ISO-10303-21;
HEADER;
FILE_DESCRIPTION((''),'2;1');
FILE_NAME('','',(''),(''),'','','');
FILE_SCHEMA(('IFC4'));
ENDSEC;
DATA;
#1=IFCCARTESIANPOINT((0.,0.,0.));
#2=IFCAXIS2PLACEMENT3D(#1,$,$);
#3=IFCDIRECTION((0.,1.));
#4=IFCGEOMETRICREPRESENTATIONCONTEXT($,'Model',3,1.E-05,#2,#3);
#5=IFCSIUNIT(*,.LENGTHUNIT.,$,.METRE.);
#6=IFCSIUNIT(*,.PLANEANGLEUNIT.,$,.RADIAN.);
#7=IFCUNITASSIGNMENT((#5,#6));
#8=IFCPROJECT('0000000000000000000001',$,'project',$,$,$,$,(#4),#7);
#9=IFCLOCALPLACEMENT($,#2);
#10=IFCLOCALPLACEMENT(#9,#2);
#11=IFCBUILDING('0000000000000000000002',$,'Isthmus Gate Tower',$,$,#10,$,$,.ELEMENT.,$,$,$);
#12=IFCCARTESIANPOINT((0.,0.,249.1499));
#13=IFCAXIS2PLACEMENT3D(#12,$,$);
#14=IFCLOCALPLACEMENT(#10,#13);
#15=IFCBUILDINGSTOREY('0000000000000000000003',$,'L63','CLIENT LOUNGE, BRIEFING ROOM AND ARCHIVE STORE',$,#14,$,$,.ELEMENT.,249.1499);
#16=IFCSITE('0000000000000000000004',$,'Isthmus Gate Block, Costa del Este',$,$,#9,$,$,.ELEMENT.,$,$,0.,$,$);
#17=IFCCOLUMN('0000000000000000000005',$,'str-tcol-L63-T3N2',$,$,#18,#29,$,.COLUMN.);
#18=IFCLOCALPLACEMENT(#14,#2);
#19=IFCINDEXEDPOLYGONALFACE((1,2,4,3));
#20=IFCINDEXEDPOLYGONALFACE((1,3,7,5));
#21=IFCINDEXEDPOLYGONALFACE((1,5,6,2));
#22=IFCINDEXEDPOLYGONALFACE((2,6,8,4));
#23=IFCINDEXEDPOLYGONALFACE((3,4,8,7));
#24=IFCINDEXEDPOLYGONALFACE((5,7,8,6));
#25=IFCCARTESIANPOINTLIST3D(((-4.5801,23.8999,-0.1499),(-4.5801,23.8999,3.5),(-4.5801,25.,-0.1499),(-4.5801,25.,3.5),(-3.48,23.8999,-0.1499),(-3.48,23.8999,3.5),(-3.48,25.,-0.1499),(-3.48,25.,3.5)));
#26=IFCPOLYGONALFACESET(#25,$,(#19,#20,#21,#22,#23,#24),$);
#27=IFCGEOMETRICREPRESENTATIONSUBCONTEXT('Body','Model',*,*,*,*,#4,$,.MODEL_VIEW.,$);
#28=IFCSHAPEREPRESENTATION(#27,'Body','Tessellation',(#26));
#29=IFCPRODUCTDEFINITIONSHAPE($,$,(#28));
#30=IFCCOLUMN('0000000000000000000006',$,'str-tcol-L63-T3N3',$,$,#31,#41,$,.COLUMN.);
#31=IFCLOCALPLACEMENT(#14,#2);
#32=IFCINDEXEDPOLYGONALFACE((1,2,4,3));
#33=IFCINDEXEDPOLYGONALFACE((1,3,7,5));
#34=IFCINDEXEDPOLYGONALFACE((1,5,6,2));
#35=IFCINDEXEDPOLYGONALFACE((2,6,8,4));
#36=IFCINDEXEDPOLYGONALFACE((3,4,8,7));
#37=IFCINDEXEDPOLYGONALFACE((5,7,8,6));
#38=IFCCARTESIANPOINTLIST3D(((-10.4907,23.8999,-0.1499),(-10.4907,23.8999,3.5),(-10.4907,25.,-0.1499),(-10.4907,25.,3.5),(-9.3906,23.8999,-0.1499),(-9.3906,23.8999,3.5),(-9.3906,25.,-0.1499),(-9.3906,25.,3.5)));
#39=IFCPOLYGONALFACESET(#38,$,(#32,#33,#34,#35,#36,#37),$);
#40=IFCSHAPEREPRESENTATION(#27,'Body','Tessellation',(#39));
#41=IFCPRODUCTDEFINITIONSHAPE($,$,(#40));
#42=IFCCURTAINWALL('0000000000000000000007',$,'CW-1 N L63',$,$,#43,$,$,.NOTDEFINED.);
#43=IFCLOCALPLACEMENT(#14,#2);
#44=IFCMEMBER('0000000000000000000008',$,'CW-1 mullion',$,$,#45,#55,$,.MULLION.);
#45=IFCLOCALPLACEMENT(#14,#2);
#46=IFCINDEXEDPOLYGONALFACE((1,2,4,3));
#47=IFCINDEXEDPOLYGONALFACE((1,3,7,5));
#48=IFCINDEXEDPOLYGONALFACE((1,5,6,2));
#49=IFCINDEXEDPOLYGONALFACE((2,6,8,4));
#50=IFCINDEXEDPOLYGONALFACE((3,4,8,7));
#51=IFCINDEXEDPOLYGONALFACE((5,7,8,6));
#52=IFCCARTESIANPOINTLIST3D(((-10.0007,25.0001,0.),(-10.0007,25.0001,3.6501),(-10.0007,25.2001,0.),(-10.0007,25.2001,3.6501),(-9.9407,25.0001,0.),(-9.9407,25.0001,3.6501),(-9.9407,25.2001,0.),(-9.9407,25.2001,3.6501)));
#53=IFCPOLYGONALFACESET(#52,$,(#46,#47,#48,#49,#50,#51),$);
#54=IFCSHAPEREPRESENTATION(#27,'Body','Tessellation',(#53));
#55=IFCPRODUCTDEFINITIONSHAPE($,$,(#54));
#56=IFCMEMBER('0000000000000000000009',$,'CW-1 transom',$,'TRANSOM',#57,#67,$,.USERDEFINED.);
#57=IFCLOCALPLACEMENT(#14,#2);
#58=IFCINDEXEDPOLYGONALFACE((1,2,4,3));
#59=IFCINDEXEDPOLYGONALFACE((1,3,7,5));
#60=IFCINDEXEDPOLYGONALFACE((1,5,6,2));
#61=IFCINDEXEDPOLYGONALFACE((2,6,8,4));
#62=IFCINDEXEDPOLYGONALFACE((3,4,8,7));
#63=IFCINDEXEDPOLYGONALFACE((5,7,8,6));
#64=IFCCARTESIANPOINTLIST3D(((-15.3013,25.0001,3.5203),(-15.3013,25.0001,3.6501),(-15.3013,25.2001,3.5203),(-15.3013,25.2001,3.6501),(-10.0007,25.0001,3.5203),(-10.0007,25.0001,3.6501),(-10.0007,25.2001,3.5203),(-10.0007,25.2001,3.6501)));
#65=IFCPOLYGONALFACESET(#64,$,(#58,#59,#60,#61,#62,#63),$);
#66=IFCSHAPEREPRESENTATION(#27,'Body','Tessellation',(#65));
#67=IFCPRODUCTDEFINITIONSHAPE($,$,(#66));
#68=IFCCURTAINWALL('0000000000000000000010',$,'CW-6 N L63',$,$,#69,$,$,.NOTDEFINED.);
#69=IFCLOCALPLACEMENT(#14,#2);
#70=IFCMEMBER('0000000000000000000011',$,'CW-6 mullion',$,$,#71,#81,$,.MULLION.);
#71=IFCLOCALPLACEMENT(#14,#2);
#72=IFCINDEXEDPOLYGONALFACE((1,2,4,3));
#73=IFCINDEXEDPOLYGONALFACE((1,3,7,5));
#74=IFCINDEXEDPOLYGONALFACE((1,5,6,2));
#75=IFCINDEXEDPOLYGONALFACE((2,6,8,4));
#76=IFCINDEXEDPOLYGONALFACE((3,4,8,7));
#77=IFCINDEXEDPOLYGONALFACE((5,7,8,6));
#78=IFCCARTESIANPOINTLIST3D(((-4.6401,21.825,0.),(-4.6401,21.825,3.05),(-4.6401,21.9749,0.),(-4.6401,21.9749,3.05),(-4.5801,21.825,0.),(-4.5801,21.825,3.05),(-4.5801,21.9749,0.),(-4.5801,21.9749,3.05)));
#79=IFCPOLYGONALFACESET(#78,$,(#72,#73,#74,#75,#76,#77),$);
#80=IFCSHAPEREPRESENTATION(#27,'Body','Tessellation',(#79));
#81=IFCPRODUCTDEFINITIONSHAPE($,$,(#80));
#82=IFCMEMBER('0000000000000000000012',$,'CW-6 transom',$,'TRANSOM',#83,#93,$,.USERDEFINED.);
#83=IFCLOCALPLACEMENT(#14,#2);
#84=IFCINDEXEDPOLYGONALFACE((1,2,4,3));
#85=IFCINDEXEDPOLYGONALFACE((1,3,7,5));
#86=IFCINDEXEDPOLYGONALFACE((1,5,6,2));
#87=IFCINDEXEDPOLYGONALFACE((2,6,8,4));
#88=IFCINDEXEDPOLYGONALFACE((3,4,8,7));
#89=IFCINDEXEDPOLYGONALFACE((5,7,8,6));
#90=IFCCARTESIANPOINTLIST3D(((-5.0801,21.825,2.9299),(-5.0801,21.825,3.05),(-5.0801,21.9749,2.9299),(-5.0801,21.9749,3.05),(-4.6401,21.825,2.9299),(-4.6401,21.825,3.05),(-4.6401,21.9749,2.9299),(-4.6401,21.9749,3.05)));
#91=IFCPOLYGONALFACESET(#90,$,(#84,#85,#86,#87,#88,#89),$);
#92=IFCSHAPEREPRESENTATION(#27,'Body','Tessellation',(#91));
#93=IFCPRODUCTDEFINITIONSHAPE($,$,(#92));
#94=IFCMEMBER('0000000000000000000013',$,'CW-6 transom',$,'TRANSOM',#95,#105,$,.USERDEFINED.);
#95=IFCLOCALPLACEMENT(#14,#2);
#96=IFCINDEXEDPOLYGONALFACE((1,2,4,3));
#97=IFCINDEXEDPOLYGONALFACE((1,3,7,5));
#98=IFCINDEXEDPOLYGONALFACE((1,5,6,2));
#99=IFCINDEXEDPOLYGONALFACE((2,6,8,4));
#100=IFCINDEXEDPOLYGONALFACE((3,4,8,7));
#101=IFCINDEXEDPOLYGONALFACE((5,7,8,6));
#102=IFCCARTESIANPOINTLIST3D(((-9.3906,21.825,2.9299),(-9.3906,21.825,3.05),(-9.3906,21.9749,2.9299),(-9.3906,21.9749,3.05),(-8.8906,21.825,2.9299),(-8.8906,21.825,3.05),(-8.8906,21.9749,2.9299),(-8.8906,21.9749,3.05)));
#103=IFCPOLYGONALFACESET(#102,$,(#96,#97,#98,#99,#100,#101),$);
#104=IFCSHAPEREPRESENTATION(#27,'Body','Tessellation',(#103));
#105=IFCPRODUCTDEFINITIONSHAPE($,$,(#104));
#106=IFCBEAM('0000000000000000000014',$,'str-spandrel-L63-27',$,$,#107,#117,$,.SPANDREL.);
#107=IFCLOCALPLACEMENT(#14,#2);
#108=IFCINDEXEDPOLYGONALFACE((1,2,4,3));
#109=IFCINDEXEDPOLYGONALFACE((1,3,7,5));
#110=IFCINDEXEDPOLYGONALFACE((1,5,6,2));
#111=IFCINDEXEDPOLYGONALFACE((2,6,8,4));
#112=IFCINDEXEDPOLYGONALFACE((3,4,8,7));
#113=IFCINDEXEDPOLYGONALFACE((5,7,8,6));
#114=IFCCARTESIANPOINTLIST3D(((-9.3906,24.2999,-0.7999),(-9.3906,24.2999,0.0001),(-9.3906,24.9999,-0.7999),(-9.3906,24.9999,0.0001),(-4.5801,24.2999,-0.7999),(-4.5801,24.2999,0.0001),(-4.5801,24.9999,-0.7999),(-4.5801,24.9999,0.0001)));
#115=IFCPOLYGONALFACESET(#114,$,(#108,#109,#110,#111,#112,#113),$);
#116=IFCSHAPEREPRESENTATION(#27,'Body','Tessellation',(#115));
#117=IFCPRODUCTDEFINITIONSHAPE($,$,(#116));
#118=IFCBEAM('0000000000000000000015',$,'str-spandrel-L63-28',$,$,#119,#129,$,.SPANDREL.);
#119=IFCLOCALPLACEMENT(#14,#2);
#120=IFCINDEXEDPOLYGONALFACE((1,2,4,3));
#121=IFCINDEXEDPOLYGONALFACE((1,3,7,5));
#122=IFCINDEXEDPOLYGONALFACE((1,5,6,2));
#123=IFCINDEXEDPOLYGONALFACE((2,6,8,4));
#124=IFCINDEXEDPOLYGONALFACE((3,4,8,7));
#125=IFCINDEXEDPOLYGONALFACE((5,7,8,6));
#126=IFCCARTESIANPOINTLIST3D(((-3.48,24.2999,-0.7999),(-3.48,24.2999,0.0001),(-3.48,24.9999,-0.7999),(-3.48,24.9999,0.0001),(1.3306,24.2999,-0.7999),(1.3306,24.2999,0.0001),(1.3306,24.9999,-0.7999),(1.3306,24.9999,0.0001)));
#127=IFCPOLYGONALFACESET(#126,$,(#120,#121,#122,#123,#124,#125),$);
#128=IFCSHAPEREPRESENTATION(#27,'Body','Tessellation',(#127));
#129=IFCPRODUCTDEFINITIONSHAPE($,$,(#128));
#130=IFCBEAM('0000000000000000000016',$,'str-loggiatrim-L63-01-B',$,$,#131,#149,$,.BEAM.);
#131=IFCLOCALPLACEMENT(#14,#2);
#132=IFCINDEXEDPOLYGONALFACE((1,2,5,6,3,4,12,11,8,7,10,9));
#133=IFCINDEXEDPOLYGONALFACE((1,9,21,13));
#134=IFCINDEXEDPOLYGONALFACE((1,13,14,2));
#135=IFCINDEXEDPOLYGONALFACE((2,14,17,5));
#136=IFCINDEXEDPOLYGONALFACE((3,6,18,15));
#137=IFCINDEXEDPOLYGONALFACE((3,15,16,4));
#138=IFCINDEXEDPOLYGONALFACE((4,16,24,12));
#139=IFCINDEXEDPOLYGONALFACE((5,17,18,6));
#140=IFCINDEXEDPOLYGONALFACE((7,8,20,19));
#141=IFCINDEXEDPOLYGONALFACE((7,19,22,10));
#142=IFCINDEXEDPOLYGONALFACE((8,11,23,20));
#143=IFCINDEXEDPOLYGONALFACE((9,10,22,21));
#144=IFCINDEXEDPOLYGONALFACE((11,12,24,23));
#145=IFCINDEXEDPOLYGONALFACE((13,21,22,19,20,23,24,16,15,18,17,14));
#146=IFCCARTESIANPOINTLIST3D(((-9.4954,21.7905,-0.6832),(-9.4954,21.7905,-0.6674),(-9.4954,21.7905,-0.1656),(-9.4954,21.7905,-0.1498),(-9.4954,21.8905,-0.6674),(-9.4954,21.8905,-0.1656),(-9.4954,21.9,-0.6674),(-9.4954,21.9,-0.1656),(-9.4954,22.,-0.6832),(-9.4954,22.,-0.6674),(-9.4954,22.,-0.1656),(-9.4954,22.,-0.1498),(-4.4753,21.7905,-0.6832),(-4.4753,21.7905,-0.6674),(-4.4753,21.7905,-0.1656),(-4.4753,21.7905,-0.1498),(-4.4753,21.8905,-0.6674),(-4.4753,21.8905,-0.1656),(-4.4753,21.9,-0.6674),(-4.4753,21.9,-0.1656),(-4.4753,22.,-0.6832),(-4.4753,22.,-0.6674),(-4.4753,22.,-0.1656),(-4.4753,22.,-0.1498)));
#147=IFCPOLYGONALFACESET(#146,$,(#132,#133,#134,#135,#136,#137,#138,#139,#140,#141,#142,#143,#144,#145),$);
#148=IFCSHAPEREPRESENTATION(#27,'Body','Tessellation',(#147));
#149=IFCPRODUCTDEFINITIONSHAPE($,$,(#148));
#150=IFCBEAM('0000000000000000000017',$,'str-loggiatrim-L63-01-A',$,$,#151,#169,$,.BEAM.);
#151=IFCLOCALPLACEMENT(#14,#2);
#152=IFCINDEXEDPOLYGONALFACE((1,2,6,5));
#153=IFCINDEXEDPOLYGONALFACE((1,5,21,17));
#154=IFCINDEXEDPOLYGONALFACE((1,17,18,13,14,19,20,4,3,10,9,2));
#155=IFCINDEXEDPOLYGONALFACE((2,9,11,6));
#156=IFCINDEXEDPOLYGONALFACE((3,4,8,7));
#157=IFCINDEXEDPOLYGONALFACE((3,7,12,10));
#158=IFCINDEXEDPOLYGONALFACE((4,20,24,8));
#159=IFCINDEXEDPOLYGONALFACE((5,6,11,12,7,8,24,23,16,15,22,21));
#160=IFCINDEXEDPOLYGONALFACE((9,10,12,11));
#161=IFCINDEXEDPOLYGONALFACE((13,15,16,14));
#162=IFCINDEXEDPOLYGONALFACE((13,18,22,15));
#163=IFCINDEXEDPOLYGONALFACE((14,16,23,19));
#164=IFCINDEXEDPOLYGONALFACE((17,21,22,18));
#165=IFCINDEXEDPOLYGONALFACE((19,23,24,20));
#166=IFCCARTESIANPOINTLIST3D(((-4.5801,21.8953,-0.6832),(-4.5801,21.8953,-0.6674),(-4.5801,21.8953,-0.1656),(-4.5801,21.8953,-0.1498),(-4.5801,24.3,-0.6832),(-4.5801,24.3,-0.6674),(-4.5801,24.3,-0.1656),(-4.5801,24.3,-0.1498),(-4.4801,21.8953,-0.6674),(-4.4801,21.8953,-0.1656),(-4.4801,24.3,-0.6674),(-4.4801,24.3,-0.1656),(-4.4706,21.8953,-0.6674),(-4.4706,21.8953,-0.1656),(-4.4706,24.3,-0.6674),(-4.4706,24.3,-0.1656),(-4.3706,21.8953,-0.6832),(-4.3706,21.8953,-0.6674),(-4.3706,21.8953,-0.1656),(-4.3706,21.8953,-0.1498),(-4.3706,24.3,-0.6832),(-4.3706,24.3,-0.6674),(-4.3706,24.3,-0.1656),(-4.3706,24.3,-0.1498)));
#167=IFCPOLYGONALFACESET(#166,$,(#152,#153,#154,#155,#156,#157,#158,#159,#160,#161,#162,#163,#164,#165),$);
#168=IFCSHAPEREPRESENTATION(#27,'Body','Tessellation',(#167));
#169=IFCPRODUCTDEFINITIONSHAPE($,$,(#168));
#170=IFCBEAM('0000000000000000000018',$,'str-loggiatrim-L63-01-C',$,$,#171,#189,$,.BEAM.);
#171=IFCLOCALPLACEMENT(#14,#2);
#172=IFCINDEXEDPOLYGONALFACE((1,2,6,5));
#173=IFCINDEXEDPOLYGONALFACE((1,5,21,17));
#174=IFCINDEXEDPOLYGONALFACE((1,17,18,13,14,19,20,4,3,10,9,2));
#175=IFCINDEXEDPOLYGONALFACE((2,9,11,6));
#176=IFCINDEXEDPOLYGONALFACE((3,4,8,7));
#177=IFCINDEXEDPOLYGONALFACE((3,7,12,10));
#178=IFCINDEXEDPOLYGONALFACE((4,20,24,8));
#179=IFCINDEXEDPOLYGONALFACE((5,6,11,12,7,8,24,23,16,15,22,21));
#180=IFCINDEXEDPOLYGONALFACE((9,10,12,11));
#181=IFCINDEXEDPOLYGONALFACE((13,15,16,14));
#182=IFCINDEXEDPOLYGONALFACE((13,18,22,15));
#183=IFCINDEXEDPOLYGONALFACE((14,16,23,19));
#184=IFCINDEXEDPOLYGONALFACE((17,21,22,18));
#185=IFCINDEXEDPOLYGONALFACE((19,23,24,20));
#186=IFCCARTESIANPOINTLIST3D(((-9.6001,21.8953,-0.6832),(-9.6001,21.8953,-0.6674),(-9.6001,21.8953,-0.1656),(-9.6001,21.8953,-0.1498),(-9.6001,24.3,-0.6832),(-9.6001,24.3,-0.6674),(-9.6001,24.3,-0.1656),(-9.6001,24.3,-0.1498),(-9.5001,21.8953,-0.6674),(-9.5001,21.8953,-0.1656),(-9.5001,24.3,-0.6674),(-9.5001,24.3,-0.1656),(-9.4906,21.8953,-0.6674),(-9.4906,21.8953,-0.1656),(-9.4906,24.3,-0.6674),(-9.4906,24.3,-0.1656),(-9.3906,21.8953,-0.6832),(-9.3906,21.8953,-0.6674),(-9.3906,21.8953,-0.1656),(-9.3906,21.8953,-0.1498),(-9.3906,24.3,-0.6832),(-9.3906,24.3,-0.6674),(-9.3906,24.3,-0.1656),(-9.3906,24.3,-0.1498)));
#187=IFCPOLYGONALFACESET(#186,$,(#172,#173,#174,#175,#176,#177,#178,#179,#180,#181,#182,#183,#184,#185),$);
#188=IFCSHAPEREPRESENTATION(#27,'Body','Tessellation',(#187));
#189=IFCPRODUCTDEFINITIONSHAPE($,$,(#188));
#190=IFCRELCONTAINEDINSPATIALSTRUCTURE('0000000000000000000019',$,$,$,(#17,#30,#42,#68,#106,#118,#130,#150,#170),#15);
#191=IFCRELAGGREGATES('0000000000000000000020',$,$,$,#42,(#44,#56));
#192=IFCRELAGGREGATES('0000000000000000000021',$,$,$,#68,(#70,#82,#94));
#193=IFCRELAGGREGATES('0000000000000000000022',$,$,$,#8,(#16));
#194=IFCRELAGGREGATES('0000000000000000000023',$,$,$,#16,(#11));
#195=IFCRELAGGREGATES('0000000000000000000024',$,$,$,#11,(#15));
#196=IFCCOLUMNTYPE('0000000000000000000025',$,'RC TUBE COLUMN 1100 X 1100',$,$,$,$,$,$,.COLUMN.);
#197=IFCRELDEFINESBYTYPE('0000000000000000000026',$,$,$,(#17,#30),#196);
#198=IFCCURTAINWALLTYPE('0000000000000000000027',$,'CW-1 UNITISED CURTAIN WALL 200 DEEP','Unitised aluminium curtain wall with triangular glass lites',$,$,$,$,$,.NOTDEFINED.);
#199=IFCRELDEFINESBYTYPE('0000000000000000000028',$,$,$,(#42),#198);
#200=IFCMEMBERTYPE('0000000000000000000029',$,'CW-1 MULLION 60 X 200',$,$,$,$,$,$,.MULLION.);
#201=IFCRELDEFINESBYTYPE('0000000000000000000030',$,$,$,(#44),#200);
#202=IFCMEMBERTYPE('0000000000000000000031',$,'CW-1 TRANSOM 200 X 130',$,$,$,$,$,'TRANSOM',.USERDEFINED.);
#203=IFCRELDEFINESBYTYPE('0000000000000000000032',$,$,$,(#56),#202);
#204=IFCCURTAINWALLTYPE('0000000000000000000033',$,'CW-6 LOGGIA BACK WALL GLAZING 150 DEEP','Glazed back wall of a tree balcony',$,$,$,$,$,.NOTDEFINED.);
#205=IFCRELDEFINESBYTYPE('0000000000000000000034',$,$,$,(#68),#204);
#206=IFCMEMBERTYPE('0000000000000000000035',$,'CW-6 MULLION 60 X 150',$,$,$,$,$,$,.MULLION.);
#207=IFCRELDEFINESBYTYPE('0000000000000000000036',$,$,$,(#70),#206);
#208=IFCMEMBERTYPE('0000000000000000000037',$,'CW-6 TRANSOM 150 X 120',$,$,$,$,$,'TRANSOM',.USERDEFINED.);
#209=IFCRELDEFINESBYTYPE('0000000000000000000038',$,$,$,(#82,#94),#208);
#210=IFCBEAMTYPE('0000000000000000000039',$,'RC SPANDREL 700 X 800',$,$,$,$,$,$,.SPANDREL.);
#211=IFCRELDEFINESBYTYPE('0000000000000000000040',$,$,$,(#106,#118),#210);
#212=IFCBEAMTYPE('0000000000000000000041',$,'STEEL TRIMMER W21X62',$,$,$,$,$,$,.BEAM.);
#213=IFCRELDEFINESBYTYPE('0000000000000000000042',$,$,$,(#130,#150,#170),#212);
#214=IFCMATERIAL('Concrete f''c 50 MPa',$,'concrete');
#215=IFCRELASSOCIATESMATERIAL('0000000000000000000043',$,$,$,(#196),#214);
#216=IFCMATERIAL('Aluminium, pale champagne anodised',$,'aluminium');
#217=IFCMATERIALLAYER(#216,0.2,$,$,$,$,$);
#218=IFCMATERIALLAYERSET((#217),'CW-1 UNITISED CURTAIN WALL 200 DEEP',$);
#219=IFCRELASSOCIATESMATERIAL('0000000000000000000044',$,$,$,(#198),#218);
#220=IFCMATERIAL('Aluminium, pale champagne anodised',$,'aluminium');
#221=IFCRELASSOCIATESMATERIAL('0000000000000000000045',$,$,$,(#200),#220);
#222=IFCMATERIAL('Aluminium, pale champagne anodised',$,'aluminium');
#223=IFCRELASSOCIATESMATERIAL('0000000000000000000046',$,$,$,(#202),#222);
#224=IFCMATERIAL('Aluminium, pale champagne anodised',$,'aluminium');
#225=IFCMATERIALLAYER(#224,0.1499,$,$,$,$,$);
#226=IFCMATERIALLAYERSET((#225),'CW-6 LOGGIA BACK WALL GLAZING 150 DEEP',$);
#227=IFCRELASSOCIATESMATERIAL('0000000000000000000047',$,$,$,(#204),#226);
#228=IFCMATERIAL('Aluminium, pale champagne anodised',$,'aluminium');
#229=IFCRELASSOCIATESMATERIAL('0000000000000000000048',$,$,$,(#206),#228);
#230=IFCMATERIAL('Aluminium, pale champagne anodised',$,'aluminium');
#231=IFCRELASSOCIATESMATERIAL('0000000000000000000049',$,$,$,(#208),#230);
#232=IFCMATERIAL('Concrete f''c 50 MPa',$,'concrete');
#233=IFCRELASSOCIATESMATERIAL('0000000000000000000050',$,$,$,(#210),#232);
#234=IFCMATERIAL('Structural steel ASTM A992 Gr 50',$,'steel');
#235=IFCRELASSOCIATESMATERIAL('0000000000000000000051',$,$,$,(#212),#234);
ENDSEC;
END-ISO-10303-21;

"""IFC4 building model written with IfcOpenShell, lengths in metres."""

from ifc_helpers import new_model, si_unit, direction, frame, origin, origin_2d, place, context, subcontext, project, spatial, rectangle, i_section, extrude, material, layer, layer_set, material_profile, profile_set, type_object, element, aggregate, save


model = new_model("IFC4")

# Units and contexts
model_context = context("Model", 3, precision=1e-05, world=origin(), true_north=direction((0.0, 1.0)))
body_context = subcontext(model_context, "Body", "Model", "MODEL_VIEW")
ifc_project = project(units=[si_unit("LENGTHUNIT", "METRE"), si_unit("PLANEANGLEUNIT", "RADIAN")], contexts=[model_context])

# Site, building, storey
site_placement = place(None, origin())
site = spatial("IfcSite", under=ifc_project, at=site_placement, Name="Isthmus Gate Block, Costa del Este", CompositionType="ELEMENT", RefElevation=0.0)
building_placement = place(site_placement, origin())
building = spatial("IfcBuilding", under=site, at=building_placement, Name="Isthmus Gate Tower", CompositionType="ELEMENT")
storey_placement = place(building_placement, frame((0.0, 0.0, 249.1499)))
storey = spatial("IfcBuildingStorey", under=building, at=storey_placement, Name="L63", Description="CLIENT LOUNGE, BRIEFING ROOM AND ARCHIVE STORE", CompositionType="ELEMENT", Elevation=249.1499)

# Columns
ifc_material_1 = material(Name="Concrete f'c 50 MPa", Category="concrete")
ifc_material_profile_1 = material_profile(ifc_material_1, rectangle(XDim=1.1001, YDim=1.1001, at=origin_2d()), Name="RC 1100X1100")
ifc_profile_set_1 = profile_set([ifc_material_profile_1], Name="Concrete f'c 50 MPa")
column_type = type_object("IfcColumnType", Name="RC TUBE COLUMN 1100 X 1100", PredefinedType="COLUMN", material=ifc_profile_set_1)
for number, where, z_axis, x_axis, name in (
    (1, (-4.03, 24.45, -0.1499), (0.0, 0.0, 1.0), (-1.0, 0.0, 0.0), "str-tcol-L63-T3N2"),
    (2, (-9.9407, 24.45, -0.1499), (0.0, 0.0, 1.0), (-1.0, 0.0, 0.0), "str-tcol-L63-T3N3"),
):
    element("IfcColumn", number, at=place(storey_placement, frame(where, z_axis=z_axis, x_axis=x_axis)), inside=storey, type_object=column_type, Name=name, PredefinedType="COLUMN", context=body_context, shape_type="SweptSolid", body=[
        extrude(rectangle(XDim=1.1001, YDim=1.1001, at=origin_2d()), origin(), (0.0, 0.0, 1.0), 3.6499),
    ])

# Curtain walls, members
ifc_material_2 = material(Name="Aluminium, pale champagne anodised", Category="aluminium")
ifc_layer_1 = layer(ifc_material_2, 0.2)
ifc_layer_set_1 = layer_set([ifc_layer_1], Name="CW-1 UNITISED CURTAIN WALL 200 DEEP")
curtain_wall_type_1 = type_object("IfcCurtainWallType", Name="CW-1 UNITISED CURTAIN WALL 200 DEEP", Description="Unitised aluminium curtain wall with triangular glass lites", PredefinedType="NOTDEFINED", material=ifc_layer_set_1)
curtain_wall_1_placement = place(storey_placement, origin())
curtain_wall_1 = element("IfcCurtainWall", 3, at=curtain_wall_1_placement, inside=storey, type_object=curtain_wall_type_1, Name="CW-1 N L63", PredefinedType="NOTDEFINED")
ifc_material_3 = material(Name="Aluminium, pale champagne anodised", Category="aluminium")
ifc_material_profile_2 = material_profile(ifc_material_3, rectangle(XDim=0.0601, YDim=0.2, at=origin_2d()), Name="60x200")
ifc_profile_set_2 = profile_set([ifc_material_profile_2], Name="Aluminium, pale champagne anodised")
member_type_1 = type_object("IfcMemberType", Name="CW-1 MULLION 60 X 200", PredefinedType="MULLION", material=ifc_profile_set_2)
member_1_placement = place(storey_placement, frame((-9.9707, 25.1001, 0.0), z_axis=(0.0, 0.0, 1.0), x_axis=(-1.0, 0.0, 0.0)))
member_1 = element("IfcMember", 4, at=member_1_placement, type_object=member_type_1, Name="CW-1 mullion", PredefinedType="MULLION", context=body_context, shape_type="SweptSolid", body=[
    extrude(rectangle(XDim=0.0601, YDim=0.2, at=origin_2d()), origin(), (0.0, 0.0, 1.0), 3.6501),
])
ifc_material_4 = material(Name="Aluminium, pale champagne anodised", Category="aluminium")
ifc_material_profile_3 = material_profile(ifc_material_4, rectangle(XDim=0.2, YDim=0.1299, at=origin_2d()), Name="200x130")
ifc_profile_set_3 = profile_set([ifc_material_profile_3], Name="Aluminium, pale champagne anodised")
member_type_2 = type_object("IfcMemberType", Name="CW-1 TRANSOM 200 X 130", ElementType="TRANSOM", PredefinedType="USERDEFINED", material=ifc_profile_set_3)
member_2_placement = place(storey_placement, frame((-10.0007, 25.1001, 3.5852), z_axis=(-1.0, 0.0, 0.0), x_axis=(0.0, -1.0, 0.0)))
member_2 = element("IfcMember", 5, at=member_2_placement, type_object=member_type_2, Name="CW-1 transom", ObjectType="TRANSOM", PredefinedType="USERDEFINED", context=body_context, shape_type="SweptSolid", body=[
    extrude(rectangle(XDim=0.2, YDim=0.1299, at=origin_2d()), origin(), (0.0, 0.0, 1.0), 5.3005),
])
ifc_material_5 = material(Name="Aluminium, pale champagne anodised", Category="aluminium")
ifc_layer_2 = layer(ifc_material_5, 0.1499)
ifc_layer_set_2 = layer_set([ifc_layer_2], Name="CW-6 LOGGIA BACK WALL GLAZING 150 DEEP")
curtain_wall_type_2 = type_object("IfcCurtainWallType", Name="CW-6 LOGGIA BACK WALL GLAZING 150 DEEP", Description="Glazed back wall of a tree balcony", PredefinedType="NOTDEFINED", material=ifc_layer_set_2)
curtain_wall_2_placement = place(storey_placement, origin())
curtain_wall_2 = element("IfcCurtainWall", 6, at=curtain_wall_2_placement, inside=storey, type_object=curtain_wall_type_2, Name="CW-6 N L63", PredefinedType="NOTDEFINED")
ifc_material_6 = material(Name="Aluminium, pale champagne anodised", Category="aluminium")
ifc_material_profile_4 = material_profile(ifc_material_6, rectangle(XDim=0.0601, YDim=0.1499, at=origin_2d()), Name="60x150")
ifc_profile_set_4 = profile_set([ifc_material_profile_4], Name="Aluminium, pale champagne anodised")
member_type_3 = type_object("IfcMemberType", Name="CW-6 MULLION 60 X 150", PredefinedType="MULLION", material=ifc_profile_set_4)
member_3_placement = place(storey_placement, frame((-4.6101, 21.8999, 0.0), z_axis=(0.0, 0.0, 1.0), x_axis=(-1.0, 0.0, 0.0)))
member_3 = element("IfcMember", 7, at=member_3_placement, type_object=member_type_3, Name="CW-6 mullion", PredefinedType="MULLION", context=body_context, shape_type="SweptSolid", body=[
    extrude(rectangle(XDim=0.0601, YDim=0.1499, at=origin_2d()), origin(), (0.0, 0.0, 1.0), 3.05),
])
ifc_material_7 = material(Name="Aluminium, pale champagne anodised", Category="aluminium")
ifc_material_profile_5 = material_profile(ifc_material_7, rectangle(XDim=0.1499, YDim=0.1201, at=origin_2d()), Name="150x120")
ifc_profile_set_5 = profile_set([ifc_material_profile_5], Name="Aluminium, pale champagne anodised")
member_type_4 = type_object("IfcMemberType", Name="CW-6 TRANSOM 150 X 120", ElementType="TRANSOM", PredefinedType="USERDEFINED", material=ifc_profile_set_5)
member_4_placement = place(storey_placement, frame((-4.6401, 21.8999, 2.99), z_axis=(-1.0, 0.0, 0.0), x_axis=(0.0, -1.0, 0.0)))
member_4 = element("IfcMember", 8, at=member_4_placement, type_object=member_type_4, Name="CW-6 transom", ObjectType="TRANSOM", PredefinedType="USERDEFINED", context=body_context, shape_type="SweptSolid", body=[
    extrude(rectangle(XDim=0.1499, YDim=0.1201, at=origin_2d()), origin(), (0.0, 0.0, 1.0), 0.4399),
])
member_5_placement = place(storey_placement, frame((-8.8906, 21.8999, 2.99), z_axis=(-1.0, 0.0, 0.0), x_axis=(0.0, -1.0, 0.0)))
member_5 = element("IfcMember", 9, at=member_5_placement, type_object=member_type_4, Name="CW-6 transom", ObjectType="TRANSOM", PredefinedType="USERDEFINED", context=body_context, shape_type="SweptSolid", body=[
    extrude(rectangle(XDim=0.1499, YDim=0.1201, at=origin_2d()), origin(), (0.0, 0.0, 1.0), 0.5),
])

# Beams
ifc_material_8 = material(Name="Concrete f'c 50 MPa", Category="concrete")
ifc_material_profile_6 = material_profile(ifc_material_8, rectangle(XDim=0.7, YDim=0.8, at=origin_2d()), Name="RC 700X800")
ifc_profile_set_6 = profile_set([ifc_material_profile_6], Name="Concrete f'c 50 MPa")
beam_type_1 = type_object("IfcBeamType", Name="RC SPANDREL 700 X 800", PredefinedType="SPANDREL", material=ifc_profile_set_6)
for number, where, z_axis, x_axis, name in (
    (10, (-9.3906, 24.6499, -0.3999), (1.0, 0.0, 0.0), (0.0, 1.0, 0.0), "str-spandrel-L63-27"),
    (11, (-3.48, 24.6499, -0.3999), (1.0, 0.0, 0.0), (0.0, 1.0, 0.0), "str-spandrel-L63-28"),
):
    element("IfcBeam", number, at=place(storey_placement, frame(where, z_axis=z_axis, x_axis=x_axis)), inside=storey, type_object=beam_type_1, Name=name, PredefinedType="SPANDREL", context=body_context, shape_type="SweptSolid", body=[
        extrude(rectangle(XDim=0.7, YDim=0.8, at=origin_2d()), origin(), (0.0, 0.0, 1.0), 4.8105),
    ])
ifc_material_9 = material(Name="Structural steel ASTM A992 Gr 50", Category="steel")
ifc_material_profile_7 = material_profile(ifc_material_9, i_section(OverallWidth=0.2095, OverallDepth=0.5334, WebThickness=0.0095, FlangeThickness=0.0159, at=origin_2d()), Name="W21X62")
ifc_profile_set_7 = profile_set([ifc_material_profile_7], Name="Structural steel ASTM A992 Gr 50")
beam_type_2 = type_object("IfcBeamType", Name="STEEL TRIMMER W21X62", PredefinedType="BEAM", material=ifc_profile_set_7)
beam_placement = place(storey_placement, frame((-4.4753, 21.8953, -0.4165), z_axis=(-1.0, 0.0, 0.0), x_axis=(0.0, -1.0, 0.0)))
element("IfcBeam", 12, at=beam_placement, inside=storey, type_object=beam_type_2, Name="str-loggiatrim-L63-01-B", PredefinedType="BEAM", context=body_context, shape_type="SweptSolid", body=[
    extrude(i_section(OverallWidth=0.2095, OverallDepth=0.5334, WebThickness=0.0095, FlangeThickness=0.0159, at=origin_2d()), origin(), (0.0, 0.0, 1.0), 5.02),
])
for number, where, z_axis, x_axis, name in (
    (13, (-4.4753, 24.3, -0.4165), (0.0, -1.0, 0.0), (1.0, 0.0, 0.0), "str-loggiatrim-L63-01-A"),
    (14, (-9.4954, 24.3, -0.4165), (0.0, -1.0, 0.0), (1.0, 0.0, 0.0), "str-loggiatrim-L63-01-C"),
):
    element("IfcBeam", number, at=place(storey_placement, frame(where, z_axis=z_axis, x_axis=x_axis)), inside=storey, type_object=beam_type_2, Name=name, PredefinedType="BEAM", context=body_context, shape_type="SweptSolid", body=[
        extrude(i_section(OverallWidth=0.2095, OverallDepth=0.5334, WebThickness=0.0095, FlangeThickness=0.0159, at=origin_2d()), origin(), (0.0, 0.0, 1.0), 2.4048),
    ])

aggregate(curtain_wall_1, [member_1, member_2])
aggregate(curtain_wall_2, [member_3, member_4, member_5])

save(model, "model.ifc")
